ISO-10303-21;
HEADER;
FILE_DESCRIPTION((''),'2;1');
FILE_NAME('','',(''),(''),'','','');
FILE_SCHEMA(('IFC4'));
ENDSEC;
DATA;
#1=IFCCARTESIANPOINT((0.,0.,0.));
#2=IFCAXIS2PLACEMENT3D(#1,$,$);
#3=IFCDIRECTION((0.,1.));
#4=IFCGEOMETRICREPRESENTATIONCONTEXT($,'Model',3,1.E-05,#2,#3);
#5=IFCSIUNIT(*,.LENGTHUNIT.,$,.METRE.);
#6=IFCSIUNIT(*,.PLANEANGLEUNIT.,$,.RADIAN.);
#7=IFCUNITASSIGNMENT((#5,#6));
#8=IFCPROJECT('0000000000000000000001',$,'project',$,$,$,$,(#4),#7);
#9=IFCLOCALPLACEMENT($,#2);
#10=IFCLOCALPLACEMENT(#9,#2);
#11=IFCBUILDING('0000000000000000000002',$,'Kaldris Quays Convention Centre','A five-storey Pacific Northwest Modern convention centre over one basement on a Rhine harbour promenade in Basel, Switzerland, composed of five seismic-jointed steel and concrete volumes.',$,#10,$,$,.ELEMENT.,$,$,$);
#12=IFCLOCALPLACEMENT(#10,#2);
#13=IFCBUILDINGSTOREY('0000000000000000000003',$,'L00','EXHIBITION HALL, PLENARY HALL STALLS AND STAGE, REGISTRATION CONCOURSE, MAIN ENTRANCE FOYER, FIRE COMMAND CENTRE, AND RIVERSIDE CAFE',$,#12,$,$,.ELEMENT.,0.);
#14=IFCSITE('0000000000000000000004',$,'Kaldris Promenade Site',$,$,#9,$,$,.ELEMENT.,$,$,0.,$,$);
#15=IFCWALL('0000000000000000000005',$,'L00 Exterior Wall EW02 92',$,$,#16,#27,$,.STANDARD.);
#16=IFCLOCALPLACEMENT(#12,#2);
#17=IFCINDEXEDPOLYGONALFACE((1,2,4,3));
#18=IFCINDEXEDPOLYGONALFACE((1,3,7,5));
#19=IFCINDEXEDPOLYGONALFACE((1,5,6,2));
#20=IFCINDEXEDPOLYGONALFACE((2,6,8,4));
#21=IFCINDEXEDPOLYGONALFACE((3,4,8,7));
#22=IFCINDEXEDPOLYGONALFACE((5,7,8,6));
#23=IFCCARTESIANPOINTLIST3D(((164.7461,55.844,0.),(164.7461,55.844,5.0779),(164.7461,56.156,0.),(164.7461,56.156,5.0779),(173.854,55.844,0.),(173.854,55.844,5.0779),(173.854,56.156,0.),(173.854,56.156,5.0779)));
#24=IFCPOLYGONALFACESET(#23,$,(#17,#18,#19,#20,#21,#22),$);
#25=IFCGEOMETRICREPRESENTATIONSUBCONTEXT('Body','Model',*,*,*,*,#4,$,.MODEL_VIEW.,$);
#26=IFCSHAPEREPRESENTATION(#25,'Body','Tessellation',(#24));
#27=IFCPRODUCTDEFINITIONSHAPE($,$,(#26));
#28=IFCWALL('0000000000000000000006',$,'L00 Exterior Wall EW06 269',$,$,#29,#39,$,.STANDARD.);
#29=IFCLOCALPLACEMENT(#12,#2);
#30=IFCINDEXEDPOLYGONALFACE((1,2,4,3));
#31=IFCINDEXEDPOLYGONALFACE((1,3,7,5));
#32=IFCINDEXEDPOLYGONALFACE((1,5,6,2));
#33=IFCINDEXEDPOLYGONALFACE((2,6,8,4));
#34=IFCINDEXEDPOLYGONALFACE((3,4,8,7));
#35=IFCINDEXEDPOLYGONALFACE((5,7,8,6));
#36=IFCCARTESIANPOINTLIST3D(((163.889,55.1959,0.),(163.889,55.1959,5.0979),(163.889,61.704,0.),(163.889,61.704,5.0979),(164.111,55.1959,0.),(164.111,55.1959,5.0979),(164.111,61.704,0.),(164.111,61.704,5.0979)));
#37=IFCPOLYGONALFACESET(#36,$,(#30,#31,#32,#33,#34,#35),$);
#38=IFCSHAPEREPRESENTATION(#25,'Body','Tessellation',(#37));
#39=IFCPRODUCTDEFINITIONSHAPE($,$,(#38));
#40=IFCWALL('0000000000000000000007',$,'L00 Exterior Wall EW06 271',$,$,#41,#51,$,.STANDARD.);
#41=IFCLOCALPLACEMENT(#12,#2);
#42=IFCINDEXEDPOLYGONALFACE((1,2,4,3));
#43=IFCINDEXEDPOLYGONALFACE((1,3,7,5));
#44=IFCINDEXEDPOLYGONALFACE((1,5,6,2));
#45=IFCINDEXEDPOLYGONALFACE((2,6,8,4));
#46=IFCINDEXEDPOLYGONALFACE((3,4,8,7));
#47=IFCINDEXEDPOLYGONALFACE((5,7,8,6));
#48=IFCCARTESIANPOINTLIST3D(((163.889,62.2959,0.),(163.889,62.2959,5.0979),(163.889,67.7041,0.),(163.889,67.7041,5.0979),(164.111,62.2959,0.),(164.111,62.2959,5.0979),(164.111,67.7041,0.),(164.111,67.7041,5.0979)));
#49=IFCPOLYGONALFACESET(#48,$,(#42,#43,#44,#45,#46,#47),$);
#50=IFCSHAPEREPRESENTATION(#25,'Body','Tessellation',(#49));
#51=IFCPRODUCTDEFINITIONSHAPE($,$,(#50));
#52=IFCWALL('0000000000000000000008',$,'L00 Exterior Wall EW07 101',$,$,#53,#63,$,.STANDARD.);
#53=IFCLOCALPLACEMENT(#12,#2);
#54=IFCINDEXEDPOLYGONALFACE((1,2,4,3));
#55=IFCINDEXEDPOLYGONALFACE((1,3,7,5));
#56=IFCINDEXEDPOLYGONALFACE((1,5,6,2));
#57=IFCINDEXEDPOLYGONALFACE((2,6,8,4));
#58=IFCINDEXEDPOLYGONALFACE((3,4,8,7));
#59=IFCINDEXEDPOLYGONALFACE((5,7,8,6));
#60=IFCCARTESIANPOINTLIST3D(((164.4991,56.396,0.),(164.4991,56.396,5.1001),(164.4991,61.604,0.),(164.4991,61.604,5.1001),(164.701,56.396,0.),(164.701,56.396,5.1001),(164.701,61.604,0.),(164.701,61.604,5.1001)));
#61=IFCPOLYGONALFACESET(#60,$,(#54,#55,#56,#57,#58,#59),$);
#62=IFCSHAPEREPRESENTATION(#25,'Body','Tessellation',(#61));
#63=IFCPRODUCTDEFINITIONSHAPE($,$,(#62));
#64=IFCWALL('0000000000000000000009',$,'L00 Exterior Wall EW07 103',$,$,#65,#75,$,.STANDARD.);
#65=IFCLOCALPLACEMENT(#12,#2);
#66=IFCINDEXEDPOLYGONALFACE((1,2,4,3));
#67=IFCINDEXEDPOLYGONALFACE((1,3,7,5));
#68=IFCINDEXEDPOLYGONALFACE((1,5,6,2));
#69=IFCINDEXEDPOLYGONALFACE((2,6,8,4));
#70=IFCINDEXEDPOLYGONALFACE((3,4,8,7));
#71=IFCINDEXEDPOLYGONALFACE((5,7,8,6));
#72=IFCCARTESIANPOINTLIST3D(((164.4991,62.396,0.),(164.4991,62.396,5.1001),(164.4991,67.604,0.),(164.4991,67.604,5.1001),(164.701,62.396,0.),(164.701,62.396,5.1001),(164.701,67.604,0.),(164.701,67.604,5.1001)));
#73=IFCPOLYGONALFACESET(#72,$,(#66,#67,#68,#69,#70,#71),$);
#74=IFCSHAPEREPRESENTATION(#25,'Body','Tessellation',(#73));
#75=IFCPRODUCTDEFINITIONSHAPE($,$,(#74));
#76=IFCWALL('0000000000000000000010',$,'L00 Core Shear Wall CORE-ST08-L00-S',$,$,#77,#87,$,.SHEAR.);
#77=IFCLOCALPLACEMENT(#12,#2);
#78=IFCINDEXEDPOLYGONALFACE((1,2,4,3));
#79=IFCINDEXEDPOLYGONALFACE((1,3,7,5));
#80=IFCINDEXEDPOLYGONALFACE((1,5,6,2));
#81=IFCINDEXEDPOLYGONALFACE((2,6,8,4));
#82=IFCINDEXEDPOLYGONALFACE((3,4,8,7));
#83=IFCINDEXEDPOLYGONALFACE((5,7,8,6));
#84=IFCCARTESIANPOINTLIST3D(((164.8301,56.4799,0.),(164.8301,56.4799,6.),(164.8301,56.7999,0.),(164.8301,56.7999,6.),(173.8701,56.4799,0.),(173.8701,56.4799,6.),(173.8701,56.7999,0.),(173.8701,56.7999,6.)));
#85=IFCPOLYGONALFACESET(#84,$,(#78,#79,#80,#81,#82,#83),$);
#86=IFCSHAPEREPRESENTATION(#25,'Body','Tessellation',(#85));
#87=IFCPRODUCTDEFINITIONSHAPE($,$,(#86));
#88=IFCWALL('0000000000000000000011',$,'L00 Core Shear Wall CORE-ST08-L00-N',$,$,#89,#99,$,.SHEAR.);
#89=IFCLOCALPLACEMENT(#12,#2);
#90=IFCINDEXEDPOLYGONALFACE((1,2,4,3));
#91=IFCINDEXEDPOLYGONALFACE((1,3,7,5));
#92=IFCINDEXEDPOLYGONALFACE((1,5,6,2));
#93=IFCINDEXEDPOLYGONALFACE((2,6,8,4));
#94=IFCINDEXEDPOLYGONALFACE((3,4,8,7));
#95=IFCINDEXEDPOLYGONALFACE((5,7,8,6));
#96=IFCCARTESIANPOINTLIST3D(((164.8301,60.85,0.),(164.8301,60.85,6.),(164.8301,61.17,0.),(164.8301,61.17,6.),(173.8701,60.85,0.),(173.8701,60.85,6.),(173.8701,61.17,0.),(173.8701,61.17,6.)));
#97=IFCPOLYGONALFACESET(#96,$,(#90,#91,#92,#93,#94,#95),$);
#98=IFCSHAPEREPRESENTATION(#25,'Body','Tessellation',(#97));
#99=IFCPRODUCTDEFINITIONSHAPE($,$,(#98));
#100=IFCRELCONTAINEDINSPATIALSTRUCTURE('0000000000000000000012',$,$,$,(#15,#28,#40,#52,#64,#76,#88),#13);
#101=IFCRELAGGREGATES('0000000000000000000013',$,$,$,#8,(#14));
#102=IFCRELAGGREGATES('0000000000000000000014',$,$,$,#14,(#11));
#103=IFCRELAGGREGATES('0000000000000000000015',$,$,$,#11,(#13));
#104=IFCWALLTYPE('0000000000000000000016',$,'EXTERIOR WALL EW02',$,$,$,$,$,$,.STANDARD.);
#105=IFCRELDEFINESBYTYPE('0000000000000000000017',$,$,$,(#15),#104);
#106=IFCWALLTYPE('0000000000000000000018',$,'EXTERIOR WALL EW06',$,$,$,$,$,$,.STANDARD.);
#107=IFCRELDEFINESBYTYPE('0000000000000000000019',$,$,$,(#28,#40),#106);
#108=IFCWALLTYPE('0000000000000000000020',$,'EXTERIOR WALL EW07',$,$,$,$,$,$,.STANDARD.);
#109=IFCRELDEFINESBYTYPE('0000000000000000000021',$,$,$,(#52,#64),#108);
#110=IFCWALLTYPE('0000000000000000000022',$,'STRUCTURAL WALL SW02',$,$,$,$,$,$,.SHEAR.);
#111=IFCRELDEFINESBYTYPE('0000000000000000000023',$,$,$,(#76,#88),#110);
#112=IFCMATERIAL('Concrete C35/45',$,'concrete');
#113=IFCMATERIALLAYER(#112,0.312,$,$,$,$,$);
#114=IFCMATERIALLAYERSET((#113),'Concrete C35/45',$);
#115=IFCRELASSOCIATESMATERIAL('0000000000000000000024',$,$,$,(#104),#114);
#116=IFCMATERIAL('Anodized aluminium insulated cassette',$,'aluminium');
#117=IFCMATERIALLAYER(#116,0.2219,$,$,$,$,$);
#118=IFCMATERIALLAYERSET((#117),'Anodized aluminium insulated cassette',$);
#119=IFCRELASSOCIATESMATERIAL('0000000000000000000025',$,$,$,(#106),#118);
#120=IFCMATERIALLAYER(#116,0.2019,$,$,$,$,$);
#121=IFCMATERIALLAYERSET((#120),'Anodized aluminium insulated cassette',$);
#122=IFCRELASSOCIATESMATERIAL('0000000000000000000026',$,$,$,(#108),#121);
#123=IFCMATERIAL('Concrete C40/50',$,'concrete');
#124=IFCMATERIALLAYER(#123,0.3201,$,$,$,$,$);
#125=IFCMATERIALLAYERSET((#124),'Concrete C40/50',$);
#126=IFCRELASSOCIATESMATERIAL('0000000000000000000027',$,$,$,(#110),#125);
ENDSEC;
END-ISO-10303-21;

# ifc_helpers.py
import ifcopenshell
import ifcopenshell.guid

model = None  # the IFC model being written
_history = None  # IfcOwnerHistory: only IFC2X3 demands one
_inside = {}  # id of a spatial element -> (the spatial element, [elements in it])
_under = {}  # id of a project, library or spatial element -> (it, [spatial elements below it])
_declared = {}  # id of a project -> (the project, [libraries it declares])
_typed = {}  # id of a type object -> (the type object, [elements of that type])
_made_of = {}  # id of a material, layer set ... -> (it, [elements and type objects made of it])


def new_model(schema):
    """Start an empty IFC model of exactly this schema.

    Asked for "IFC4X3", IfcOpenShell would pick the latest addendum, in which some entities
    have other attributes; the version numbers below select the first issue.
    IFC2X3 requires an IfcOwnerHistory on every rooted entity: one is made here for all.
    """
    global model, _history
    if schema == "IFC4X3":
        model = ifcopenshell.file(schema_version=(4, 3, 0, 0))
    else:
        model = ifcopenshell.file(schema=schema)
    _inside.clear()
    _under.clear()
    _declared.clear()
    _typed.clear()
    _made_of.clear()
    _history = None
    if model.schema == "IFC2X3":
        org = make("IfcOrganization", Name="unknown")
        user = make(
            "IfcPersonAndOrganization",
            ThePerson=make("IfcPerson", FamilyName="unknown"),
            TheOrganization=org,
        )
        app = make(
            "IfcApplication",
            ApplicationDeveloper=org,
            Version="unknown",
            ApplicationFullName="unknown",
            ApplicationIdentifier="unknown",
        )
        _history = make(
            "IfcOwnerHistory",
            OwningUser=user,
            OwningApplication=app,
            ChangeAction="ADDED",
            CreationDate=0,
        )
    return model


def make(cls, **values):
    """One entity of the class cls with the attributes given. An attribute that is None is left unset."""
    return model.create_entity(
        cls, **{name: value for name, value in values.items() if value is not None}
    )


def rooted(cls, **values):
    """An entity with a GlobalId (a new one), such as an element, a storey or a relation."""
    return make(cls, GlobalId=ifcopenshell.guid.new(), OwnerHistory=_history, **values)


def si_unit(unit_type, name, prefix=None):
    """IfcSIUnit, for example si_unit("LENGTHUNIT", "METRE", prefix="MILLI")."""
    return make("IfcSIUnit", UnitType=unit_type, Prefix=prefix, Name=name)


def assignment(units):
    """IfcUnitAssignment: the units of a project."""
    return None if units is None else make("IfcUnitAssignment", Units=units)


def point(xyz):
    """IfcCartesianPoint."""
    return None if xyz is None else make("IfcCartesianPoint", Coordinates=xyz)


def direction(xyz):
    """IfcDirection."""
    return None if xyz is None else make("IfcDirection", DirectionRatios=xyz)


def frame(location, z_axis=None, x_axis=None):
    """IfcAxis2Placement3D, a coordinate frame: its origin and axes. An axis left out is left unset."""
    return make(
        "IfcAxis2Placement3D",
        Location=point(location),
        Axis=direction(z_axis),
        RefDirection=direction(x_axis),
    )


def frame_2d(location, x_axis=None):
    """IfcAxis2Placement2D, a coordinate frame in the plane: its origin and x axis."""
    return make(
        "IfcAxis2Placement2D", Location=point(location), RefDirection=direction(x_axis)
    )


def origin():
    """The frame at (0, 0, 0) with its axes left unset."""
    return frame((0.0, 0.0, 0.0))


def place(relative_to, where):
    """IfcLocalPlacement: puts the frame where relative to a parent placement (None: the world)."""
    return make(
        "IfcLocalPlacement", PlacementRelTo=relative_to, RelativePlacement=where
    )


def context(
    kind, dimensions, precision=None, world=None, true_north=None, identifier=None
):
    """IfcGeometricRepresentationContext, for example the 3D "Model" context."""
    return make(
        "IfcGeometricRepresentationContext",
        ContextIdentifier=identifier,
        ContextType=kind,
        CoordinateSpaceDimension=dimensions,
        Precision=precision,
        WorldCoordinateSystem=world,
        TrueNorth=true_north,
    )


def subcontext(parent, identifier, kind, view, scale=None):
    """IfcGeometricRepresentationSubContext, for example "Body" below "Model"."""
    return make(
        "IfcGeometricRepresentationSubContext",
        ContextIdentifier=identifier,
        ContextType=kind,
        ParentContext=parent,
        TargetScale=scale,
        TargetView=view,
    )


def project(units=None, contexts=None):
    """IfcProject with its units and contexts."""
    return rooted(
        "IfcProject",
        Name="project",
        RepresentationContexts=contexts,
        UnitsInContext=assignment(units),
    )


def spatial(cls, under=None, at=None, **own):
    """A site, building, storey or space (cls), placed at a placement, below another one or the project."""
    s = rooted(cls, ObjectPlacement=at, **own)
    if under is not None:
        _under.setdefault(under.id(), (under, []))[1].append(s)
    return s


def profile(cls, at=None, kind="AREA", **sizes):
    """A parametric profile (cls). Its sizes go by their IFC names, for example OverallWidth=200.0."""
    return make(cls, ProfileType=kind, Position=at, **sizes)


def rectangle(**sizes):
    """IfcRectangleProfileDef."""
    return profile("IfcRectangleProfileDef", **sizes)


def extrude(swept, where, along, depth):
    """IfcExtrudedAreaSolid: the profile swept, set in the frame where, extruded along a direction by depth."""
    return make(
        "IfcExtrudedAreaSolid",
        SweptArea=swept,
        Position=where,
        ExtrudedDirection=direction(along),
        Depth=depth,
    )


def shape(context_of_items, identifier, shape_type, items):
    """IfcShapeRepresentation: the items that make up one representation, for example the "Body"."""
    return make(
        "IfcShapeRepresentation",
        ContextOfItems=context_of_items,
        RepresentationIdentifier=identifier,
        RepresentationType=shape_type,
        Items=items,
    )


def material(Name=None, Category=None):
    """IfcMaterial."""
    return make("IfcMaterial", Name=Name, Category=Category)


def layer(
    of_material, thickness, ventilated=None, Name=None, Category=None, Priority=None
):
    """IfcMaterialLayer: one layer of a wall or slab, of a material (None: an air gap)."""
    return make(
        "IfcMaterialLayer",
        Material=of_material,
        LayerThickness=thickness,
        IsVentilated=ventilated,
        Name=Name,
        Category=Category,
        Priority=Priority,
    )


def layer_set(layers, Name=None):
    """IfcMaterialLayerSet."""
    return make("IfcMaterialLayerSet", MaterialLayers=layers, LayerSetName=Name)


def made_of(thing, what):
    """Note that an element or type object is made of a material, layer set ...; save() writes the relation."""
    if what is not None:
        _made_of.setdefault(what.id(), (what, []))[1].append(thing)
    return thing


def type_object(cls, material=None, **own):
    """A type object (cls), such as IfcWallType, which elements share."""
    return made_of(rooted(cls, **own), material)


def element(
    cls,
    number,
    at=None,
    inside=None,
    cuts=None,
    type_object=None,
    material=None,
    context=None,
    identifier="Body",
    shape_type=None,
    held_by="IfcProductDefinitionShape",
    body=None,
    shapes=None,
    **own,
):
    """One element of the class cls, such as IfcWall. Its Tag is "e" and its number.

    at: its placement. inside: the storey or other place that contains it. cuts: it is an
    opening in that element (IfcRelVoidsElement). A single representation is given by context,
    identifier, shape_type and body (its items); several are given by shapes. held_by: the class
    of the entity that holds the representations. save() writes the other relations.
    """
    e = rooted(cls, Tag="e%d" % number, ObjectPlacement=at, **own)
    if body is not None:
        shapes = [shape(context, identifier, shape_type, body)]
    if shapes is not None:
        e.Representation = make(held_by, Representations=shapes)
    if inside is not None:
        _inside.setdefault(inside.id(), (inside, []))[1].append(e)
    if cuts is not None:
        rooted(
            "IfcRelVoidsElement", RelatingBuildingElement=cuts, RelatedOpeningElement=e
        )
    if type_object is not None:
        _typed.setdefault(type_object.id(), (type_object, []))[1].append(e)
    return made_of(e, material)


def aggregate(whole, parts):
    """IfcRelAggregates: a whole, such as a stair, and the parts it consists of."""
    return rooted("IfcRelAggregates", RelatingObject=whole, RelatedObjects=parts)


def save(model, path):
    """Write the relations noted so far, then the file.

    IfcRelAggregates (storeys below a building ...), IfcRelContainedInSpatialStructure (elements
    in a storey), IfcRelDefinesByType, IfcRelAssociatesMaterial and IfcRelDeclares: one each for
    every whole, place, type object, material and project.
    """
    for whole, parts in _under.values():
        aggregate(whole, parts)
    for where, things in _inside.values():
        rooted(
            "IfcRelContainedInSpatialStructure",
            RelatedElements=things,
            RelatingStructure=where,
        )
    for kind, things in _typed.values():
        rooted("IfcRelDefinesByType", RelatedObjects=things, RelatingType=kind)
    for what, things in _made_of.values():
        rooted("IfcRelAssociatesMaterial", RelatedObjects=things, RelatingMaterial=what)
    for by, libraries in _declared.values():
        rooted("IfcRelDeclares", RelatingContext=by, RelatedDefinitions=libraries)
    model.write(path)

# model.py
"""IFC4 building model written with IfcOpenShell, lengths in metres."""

from ifc_helpers import new_model, si_unit, direction, frame, frame_2d, origin, place, context, subcontext, project, spatial, rectangle, extrude, material, layer, layer_set, type_object, element, save


model = new_model("IFC4")

# Units and contexts
model_context = context("Model", 3, precision=1e-05, world=origin(), true_north=direction((0.0, 1.0)))
body_context = subcontext(model_context, "Body", "Model", "MODEL_VIEW")
ifc_project = project(units=[si_unit("LENGTHUNIT", "METRE"), si_unit("PLANEANGLEUNIT", "RADIAN")], contexts=[model_context])

# Site, building, storey
site_placement = place(None, origin())
site = spatial("IfcSite", under=ifc_project, at=site_placement, Name="Kaldris Promenade Site", CompositionType="ELEMENT", RefElevation=0.0)
building_placement = place(site_placement, origin())
building = spatial("IfcBuilding", under=site, at=building_placement, Name="Kaldris Quays Convention Centre", Description="A five-storey Pacific Northwest Modern convention centre over one basement on a Rhine harbour promenade in Basel, Switzerland, composed of five seismic-jointed steel and concrete volumes.", CompositionType="ELEMENT")
storey_placement = place(building_placement, origin())
storey = spatial("IfcBuildingStorey", under=building, at=storey_placement, Name="L00", Description="EXHIBITION HALL, PLENARY HALL STALLS AND STAGE, REGISTRATION CONCOURSE, MAIN ENTRANCE FOYER, FIRE COMMAND CENTRE, AND RIVERSIDE CAFE", CompositionType="ELEMENT", Elevation=0.0)

# Walls
ifc_material_1 = material(Name="Concrete C35/45", Category="concrete")
ifc_layer_1 = layer(ifc_material_1, 0.312)
ifc_layer_set_1 = layer_set([ifc_layer_1], Name="Concrete C35/45")
wall_type_1 = type_object("IfcWallType", Name="EXTERIOR WALL EW02", PredefinedType="STANDARD", material=ifc_layer_set_1)
wall_1_placement = place(storey_placement, frame((164.7461, 56.0, 0.0), z_axis=(0.0, 0.0, 1.0), x_axis=(1.0, 0.0, 0.0)))
element("IfcWall", 1, at=wall_1_placement, inside=storey, type_object=wall_type_1, Name="L00 Exterior Wall EW02 92", PredefinedType="STANDARD", context=body_context, shape_type="SweptSolid", body=[
    extrude(rectangle(XDim=9.1079, YDim=0.312, at=frame_2d((4.554, 0.0))), origin(), (0.0, 0.0, 1.0), 5.0779),
])
ifc_material_2 = material(Name="Anodized aluminium insulated cassette", Category="aluminium")
ifc_layer_2 = layer(ifc_material_2, 0.2219)
ifc_layer_set_2 = layer_set([ifc_layer_2], Name="Anodized aluminium insulated cassette")
wall_type_2 = type_object("IfcWallType", Name="EXTERIOR WALL EW06", PredefinedType="STANDARD", material=ifc_layer_set_2)
wall_2_placement = place(storey_placement, frame((164.0, 55.196, 0.0), z_axis=(0.0, 0.0, 1.0), x_axis=(0.0, 1.0, 0.0)))
element("IfcWall", 2, at=wall_2_placement, inside=storey, type_object=wall_type_2, Name="L00 Exterior Wall EW06 269", PredefinedType="STANDARD", context=body_context, shape_type="SweptSolid", body=[
    extrude(rectangle(XDim=6.5081, YDim=0.2219, at=frame_2d((3.2539, 0.0))), origin(), (0.0, 0.0, 1.0), 5.0979),
])
wall_3_placement = place(storey_placement, frame((164.0, 62.2959, 0.0), z_axis=(0.0, 0.0, 1.0), x_axis=(0.0, 1.0, 0.0)))
element("IfcWall", 3, at=wall_3_placement, inside=storey, type_object=wall_type_2, Name="L00 Exterior Wall EW06 271", PredefinedType="STANDARD", context=body_context, shape_type="SweptSolid", body=[
    extrude(rectangle(XDim=5.4082, YDim=0.2219, at=frame_2d((2.7041, 0.0))), origin(), (0.0, 0.0, 1.0), 5.0979),
])
ifc_layer_3 = layer(ifc_material_2, 0.2019)
ifc_layer_set_3 = layer_set([ifc_layer_3], Name="Anodized aluminium insulated cassette")
wall_type_3 = type_object("IfcWallType", Name="EXTERIOR WALL EW07", PredefinedType="STANDARD", material=ifc_layer_set_3)
for number, where, z_axis, x_axis, name in (
    (4, (164.6001, 56.396, 0.0), (0.0, 0.0, 1.0), (0.0, 1.0, 0.0), "L00 Exterior Wall EW07 101"),
    (5, (164.6001, 62.396, 0.0), (0.0, 0.0, 1.0), (0.0, 1.0, 0.0), "L00 Exterior Wall EW07 103"),
):
    element("IfcWall", number, at=place(storey_placement, frame(where, z_axis=z_axis, x_axis=x_axis)), inside=storey, type_object=wall_type_3, Name=name, PredefinedType="STANDARD", context=body_context, shape_type="SweptSolid", body=[
        extrude(rectangle(XDim=5.208, YDim=0.2019, at=frame_2d((2.604, 0.0))), origin(), (0.0, 0.0, 1.0), 5.1001),
    ])
ifc_material_3 = material(Name="Concrete C40/50", Category="concrete")
ifc_layer_4 = layer(ifc_material_3, 0.3201)
ifc_layer_set_4 = layer_set([ifc_layer_4], Name="Concrete C40/50")
wall_type_4 = type_object("IfcWallType", Name="STRUCTURAL WALL SW02", PredefinedType="SHEAR", material=ifc_layer_set_4)
for number, where, z_axis, x_axis, name in (
    (6, (164.8301, 56.6399, 0.0), (0.0, 0.0, 1.0), (1.0, 0.0, 0.0), "L00 Core Shear Wall CORE-ST08-L00-S"),
    (7, (164.8301, 61.01, 0.0), (0.0, 0.0, 1.0), (1.0, 0.0, 0.0), "L00 Core Shear Wall CORE-ST08-L00-N"),
):
    element("IfcWall", number, at=place(storey_placement, frame(where, z_axis=z_axis, x_axis=x_axis)), inside=storey, type_object=wall_type_4, Name=name, PredefinedType="SHEAR", context=body_context, shape_type="SweptSolid", body=[
        extrude(rectangle(XDim=9.04, YDim=0.3201, at=frame_2d((4.52, 0.0))), origin(), (0.0, 0.0, 1.0), 6.0),
    ])

save(model, "model.ifc")
